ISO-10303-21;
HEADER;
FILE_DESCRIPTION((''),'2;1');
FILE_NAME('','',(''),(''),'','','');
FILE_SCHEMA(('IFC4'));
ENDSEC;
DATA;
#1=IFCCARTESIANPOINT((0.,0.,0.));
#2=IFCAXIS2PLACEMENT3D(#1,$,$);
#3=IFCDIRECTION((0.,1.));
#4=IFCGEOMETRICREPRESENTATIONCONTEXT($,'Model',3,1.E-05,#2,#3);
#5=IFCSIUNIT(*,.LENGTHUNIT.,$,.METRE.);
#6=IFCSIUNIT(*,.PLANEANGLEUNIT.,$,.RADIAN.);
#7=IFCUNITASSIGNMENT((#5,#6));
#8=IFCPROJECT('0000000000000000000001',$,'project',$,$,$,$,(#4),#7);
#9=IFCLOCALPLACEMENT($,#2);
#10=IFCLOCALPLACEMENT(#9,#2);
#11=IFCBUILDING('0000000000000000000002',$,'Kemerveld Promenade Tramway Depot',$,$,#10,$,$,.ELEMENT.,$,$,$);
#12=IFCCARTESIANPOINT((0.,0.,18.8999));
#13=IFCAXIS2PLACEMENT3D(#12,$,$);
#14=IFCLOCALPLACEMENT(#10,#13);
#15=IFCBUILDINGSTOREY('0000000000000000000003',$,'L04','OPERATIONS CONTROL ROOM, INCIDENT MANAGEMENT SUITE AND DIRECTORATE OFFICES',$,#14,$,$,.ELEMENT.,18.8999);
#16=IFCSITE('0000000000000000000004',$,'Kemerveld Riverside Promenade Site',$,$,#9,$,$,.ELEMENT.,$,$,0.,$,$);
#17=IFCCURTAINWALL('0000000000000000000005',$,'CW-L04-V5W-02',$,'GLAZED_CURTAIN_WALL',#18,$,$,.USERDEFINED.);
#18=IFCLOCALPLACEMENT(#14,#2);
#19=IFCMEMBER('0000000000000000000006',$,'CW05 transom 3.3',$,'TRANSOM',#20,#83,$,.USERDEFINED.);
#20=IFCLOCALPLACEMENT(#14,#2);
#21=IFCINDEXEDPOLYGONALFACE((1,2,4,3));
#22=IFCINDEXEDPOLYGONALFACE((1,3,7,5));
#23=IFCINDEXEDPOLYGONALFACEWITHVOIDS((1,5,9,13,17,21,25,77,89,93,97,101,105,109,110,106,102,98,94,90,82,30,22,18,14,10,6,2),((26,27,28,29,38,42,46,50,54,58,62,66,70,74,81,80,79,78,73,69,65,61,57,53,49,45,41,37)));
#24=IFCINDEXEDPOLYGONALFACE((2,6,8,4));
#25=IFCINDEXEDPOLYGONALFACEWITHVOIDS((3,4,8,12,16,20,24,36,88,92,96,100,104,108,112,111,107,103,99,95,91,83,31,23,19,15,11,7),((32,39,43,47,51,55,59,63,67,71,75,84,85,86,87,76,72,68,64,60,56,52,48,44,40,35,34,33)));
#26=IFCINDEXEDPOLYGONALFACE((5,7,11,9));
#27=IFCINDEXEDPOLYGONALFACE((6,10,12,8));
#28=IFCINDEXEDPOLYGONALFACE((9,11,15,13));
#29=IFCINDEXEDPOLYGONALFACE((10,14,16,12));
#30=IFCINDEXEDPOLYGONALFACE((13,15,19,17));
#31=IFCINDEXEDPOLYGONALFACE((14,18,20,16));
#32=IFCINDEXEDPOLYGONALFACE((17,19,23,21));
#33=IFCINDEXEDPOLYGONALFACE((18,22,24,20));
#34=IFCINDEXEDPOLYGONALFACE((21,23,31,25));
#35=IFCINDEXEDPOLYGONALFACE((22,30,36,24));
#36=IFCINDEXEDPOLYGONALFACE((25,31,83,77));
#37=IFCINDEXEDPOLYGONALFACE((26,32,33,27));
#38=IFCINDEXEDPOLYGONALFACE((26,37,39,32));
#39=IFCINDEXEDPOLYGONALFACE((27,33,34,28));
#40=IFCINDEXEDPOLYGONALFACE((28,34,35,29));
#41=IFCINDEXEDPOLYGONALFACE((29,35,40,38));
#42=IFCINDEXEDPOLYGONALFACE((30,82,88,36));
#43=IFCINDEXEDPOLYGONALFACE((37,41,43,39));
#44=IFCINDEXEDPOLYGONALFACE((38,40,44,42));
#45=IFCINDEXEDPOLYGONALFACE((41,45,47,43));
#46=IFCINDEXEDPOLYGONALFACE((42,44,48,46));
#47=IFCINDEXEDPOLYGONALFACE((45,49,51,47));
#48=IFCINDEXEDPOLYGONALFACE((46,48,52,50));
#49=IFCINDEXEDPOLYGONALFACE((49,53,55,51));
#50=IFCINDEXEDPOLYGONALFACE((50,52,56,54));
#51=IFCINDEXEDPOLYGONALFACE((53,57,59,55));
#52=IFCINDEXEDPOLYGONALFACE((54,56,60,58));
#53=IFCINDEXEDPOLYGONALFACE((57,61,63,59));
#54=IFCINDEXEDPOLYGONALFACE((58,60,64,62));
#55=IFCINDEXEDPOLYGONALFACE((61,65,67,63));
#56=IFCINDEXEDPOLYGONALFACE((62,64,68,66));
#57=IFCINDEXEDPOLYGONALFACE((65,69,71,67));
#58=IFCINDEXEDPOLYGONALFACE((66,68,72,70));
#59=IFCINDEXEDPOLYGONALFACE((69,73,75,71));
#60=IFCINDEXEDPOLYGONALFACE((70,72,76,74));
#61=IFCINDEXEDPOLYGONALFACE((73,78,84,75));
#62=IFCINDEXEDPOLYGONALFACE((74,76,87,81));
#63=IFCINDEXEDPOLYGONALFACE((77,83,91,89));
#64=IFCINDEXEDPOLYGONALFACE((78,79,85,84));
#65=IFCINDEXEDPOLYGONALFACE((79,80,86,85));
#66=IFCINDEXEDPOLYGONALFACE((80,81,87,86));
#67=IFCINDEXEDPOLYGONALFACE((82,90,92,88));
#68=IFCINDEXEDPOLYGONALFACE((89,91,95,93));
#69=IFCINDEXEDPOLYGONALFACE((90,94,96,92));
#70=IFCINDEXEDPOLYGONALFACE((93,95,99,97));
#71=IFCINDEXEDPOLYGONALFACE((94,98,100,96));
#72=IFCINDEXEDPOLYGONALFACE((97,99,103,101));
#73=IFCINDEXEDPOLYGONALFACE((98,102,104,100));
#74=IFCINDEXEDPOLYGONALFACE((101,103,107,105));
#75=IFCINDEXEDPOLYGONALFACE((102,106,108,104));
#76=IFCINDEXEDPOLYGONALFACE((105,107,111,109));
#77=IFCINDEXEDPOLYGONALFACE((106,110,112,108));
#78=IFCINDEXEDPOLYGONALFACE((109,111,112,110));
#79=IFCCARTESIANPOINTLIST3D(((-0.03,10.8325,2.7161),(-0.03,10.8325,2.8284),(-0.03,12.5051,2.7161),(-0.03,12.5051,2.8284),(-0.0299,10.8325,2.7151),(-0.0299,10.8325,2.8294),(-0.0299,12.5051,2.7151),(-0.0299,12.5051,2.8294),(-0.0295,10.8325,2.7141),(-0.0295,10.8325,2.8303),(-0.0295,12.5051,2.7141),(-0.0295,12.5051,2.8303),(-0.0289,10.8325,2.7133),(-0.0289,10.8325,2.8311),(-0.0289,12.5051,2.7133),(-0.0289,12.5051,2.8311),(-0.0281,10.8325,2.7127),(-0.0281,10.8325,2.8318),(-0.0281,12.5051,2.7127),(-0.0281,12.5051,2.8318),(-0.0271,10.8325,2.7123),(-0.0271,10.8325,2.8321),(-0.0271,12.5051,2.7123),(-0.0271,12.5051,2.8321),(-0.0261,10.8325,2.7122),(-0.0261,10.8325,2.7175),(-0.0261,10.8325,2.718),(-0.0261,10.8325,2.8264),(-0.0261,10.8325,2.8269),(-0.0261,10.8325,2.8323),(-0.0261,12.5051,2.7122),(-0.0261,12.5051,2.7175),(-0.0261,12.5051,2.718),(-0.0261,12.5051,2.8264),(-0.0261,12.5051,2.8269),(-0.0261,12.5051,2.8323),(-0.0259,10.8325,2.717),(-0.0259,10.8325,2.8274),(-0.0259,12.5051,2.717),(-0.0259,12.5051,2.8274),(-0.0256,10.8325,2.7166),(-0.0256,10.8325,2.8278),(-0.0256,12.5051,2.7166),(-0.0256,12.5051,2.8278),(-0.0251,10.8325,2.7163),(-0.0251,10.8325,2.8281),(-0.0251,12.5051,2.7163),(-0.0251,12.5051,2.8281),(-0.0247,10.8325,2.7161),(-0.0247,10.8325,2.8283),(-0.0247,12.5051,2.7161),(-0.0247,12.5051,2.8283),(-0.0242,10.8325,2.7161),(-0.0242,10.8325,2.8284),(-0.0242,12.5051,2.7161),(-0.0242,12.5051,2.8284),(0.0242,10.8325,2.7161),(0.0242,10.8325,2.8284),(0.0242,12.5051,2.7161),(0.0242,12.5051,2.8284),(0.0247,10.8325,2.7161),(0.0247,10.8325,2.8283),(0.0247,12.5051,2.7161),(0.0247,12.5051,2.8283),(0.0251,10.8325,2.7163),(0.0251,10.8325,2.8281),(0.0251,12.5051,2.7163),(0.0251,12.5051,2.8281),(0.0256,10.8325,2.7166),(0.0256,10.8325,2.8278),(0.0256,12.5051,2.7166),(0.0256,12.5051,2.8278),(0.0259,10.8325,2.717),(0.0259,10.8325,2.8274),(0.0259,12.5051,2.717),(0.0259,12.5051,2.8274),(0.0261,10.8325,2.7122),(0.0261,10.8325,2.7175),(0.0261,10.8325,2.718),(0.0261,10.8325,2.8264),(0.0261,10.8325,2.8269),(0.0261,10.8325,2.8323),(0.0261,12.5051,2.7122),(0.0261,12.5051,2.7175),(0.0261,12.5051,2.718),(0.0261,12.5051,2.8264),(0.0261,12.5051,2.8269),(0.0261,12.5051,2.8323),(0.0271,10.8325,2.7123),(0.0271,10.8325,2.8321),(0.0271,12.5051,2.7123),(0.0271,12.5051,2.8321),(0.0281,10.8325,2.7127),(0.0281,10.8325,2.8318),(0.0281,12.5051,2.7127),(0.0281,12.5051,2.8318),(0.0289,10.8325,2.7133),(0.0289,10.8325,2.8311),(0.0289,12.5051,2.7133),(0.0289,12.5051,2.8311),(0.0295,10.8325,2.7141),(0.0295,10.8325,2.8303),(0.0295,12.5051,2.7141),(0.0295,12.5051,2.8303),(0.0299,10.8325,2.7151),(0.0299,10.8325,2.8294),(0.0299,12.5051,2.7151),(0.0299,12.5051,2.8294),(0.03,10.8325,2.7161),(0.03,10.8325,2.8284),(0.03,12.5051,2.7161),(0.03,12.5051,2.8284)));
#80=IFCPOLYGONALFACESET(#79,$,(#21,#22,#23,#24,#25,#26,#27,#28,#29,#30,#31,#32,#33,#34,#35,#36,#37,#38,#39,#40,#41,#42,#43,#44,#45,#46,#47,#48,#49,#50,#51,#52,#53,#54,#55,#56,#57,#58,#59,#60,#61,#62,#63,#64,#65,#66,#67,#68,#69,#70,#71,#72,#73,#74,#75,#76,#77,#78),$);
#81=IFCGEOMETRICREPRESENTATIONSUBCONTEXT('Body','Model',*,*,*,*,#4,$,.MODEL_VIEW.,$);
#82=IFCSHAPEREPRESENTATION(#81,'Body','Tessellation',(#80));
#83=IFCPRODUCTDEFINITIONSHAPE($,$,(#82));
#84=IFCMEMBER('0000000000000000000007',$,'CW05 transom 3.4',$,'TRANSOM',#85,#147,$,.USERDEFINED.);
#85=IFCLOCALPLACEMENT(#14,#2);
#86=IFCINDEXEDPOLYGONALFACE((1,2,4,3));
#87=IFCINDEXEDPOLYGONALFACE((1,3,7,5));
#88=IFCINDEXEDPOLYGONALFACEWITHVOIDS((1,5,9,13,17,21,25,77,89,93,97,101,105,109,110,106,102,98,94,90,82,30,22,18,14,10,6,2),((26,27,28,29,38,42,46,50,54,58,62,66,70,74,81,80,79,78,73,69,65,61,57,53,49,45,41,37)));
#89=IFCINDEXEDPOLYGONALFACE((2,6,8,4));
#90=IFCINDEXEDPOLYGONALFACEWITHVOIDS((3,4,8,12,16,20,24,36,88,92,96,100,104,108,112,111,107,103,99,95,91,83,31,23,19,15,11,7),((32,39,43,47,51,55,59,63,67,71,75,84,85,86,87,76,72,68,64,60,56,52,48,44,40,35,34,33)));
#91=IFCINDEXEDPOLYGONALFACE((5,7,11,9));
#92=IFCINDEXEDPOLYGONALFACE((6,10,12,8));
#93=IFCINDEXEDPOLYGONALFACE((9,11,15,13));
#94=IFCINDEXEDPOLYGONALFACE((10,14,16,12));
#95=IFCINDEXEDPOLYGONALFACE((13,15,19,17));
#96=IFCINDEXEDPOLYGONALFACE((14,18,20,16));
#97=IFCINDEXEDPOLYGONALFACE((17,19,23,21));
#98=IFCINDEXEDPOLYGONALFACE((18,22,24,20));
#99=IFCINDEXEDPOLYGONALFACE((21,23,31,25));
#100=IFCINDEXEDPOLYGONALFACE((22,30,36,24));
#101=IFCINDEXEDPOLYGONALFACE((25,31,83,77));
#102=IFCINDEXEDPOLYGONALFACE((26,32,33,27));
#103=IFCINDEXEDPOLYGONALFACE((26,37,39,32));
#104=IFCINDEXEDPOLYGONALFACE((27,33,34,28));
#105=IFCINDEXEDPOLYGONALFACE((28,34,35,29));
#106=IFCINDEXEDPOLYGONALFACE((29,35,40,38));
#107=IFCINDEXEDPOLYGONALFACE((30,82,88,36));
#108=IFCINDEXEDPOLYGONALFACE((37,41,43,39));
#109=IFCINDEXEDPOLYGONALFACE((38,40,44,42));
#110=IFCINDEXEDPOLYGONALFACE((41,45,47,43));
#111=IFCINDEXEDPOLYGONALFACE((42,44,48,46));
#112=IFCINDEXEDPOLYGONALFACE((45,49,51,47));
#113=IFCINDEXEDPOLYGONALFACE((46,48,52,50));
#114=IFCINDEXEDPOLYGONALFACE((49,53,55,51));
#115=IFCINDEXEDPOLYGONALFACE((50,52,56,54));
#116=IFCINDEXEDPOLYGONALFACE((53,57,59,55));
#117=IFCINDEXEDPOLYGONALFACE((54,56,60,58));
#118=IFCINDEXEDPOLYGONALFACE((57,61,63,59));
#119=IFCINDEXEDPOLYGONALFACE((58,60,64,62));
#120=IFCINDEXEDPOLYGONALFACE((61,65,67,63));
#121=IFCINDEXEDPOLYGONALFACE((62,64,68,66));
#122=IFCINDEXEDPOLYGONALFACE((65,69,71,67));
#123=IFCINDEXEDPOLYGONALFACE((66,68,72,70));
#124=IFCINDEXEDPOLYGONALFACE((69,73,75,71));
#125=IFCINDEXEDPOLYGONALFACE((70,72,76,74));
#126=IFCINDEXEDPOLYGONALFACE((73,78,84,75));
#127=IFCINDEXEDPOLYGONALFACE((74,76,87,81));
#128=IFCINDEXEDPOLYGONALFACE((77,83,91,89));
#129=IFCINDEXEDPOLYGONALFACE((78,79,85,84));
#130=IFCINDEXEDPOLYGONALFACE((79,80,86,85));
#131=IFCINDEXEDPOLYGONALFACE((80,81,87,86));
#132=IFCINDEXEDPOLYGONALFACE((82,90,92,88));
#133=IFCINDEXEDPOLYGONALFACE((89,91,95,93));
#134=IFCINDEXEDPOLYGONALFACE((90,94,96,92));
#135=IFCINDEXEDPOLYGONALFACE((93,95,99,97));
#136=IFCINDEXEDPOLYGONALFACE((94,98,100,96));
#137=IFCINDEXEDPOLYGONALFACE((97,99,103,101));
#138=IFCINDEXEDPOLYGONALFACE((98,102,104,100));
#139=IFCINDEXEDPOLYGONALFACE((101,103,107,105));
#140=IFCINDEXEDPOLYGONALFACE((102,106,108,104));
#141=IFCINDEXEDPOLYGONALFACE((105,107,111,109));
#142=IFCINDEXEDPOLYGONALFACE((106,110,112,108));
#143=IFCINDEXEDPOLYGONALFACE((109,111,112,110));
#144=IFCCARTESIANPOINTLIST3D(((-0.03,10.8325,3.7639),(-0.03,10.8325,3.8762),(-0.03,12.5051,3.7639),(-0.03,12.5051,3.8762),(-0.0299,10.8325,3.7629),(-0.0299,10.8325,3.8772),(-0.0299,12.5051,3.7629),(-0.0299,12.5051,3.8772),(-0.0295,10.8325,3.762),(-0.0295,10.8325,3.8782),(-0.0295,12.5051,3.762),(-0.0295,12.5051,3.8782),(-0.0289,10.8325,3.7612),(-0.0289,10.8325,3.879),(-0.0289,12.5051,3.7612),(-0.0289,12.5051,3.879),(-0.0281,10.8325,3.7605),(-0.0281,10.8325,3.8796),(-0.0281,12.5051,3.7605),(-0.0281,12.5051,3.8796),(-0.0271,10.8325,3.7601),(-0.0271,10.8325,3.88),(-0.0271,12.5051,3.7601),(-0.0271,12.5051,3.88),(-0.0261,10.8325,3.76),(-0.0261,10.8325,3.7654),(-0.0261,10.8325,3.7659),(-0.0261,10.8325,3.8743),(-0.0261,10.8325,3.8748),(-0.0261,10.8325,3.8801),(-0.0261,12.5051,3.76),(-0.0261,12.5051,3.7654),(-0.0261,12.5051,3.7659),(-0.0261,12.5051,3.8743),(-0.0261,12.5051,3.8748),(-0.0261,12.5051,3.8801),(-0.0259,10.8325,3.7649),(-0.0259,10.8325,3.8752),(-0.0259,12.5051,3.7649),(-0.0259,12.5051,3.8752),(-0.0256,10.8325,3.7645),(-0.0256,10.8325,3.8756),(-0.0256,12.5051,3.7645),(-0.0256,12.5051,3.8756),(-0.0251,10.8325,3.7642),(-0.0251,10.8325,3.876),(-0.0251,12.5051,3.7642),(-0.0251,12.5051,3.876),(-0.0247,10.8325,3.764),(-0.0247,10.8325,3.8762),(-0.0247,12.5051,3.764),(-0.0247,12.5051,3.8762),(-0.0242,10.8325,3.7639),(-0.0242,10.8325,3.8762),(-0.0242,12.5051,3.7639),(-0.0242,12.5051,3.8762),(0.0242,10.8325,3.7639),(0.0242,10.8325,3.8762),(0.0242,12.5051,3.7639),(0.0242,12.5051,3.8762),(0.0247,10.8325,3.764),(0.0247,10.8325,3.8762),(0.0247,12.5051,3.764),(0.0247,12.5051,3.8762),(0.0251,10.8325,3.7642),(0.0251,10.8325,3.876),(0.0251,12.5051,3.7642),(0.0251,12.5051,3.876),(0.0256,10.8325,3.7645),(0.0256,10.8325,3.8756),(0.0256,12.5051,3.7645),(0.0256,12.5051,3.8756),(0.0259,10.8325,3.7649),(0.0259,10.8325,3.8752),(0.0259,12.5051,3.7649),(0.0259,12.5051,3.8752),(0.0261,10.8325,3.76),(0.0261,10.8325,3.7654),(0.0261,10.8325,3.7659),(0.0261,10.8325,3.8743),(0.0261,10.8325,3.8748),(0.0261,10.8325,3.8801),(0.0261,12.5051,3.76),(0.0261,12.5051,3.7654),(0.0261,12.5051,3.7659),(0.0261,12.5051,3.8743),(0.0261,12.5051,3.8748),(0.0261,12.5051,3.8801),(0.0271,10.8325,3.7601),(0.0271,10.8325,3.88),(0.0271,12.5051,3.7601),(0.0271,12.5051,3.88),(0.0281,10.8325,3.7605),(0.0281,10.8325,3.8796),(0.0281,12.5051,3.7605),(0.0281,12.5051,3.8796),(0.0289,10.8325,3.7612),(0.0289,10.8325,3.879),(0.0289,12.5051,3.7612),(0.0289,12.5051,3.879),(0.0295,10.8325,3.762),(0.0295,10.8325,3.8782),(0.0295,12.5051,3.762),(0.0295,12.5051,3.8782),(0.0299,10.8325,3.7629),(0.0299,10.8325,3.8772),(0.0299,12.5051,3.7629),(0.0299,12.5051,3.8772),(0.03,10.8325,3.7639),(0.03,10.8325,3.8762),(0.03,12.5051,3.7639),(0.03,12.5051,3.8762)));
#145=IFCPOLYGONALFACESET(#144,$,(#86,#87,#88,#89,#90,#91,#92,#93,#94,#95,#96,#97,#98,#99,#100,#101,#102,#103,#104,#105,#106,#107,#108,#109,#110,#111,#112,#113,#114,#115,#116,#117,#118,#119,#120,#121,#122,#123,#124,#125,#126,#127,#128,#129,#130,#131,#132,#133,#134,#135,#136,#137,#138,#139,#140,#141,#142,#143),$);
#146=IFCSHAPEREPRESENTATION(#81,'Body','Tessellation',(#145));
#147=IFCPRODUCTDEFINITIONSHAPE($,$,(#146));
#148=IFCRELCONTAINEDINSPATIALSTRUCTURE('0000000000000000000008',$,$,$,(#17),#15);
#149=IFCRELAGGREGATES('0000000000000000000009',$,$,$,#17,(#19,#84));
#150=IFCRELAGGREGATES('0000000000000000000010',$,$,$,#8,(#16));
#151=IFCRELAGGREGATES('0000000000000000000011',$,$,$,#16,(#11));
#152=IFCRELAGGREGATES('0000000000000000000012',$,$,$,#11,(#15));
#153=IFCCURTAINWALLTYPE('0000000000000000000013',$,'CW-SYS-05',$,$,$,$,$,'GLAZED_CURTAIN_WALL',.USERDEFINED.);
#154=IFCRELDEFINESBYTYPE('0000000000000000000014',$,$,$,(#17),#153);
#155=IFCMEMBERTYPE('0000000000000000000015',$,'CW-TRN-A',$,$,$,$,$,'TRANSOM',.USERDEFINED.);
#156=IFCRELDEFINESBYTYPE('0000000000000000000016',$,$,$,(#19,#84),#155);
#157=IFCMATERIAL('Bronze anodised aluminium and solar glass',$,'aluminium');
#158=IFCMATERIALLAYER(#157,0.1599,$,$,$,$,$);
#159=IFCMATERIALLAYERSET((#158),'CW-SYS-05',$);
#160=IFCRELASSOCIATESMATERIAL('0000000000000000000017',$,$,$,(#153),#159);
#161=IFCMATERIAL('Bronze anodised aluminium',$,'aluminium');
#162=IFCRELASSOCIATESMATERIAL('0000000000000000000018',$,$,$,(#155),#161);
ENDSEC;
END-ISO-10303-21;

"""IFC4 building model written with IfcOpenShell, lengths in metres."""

from ifc_helpers import new_model, si_unit, direction, frame, origin, origin_2d, place, context, subcontext, project, spatial, hollow_rectangle, extrude, material, layer, layer_set, material_profile, profile_set, type_object, element, aggregate, save


model = new_model("IFC4")

# Units and contexts
model_context = context("Model", 3, precision=1e-05, world=origin(), true_north=direction((0.0, 1.0)))
body_context = subcontext(model_context, "Body", "Model", "MODEL_VIEW")
ifc_project = project(units=[si_unit("LENGTHUNIT", "METRE"), si_unit("PLANEANGLEUNIT", "RADIAN")], contexts=[model_context])

# Site, building, storey
site_placement = place(None, origin())
site = spatial("IfcSite", under=ifc_project, at=site_placement, Name="Kemerveld Riverside Promenade Site", CompositionType="ELEMENT", RefElevation=0.0)
building_placement = place(site_placement, origin())
building = spatial("IfcBuilding", under=site, at=building_placement, Name="Kemerveld Promenade Tramway Depot", CompositionType="ELEMENT")
storey_placement = place(building_placement, frame((0.0, 0.0, 18.8999)))
storey = spatial("IfcBuildingStorey", under=building, at=storey_placement, Name="L04", Description="OPERATIONS CONTROL ROOM, INCIDENT MANAGEMENT SUITE AND DIRECTORATE OFFICES", CompositionType="ELEMENT", Elevation=18.8999)

# Curtain wall, members
ifc_material_1 = material(Name="Bronze anodised aluminium and solar glass", Category="aluminium")
ifc_layer_1 = layer(ifc_material_1, 0.1599)
ifc_layer_set_1 = layer_set([ifc_layer_1], Name="CW-SYS-05")
curtain_wall_type = type_object("IfcCurtainWallType", Name="CW-SYS-05", ElementType="GLAZED_CURTAIN_WALL", PredefinedType="USERDEFINED", material=ifc_layer_set_1)
curtain_wall_placement = place(storey_placement, origin())
curtain_wall = element("IfcCurtainWall", 1, at=curtain_wall_placement, inside=storey, type_object=curtain_wall_type, Name="CW-L04-V5W-02", ObjectType="GLAZED_CURTAIN_WALL", PredefinedType="USERDEFINED")
ifc_material_2 = material(Name="Bronze anodised aluminium", Category="aluminium")
ifc_material_profile_1 = material_profile(ifc_material_2, hollow_rectangle(XDim=0.0601, YDim=0.1201, WallThickness=0.0039, InnerFilletRadius=0.002, OuterFilletRadius=0.0039, at=origin_2d()), Name="CW-TRN-120x60")
ifc_profile_set_1 = profile_set([ifc_material_profile_1], Name="Bronze anodised aluminium")
member_type_1 = type_object("IfcMemberType", Name="CW-TRN-A", ElementType="TRANSOM", PredefinedType="USERDEFINED", material=ifc_profile_set_1)
member_1_placement = place(storey_placement, frame((0.0, 10.8325, 2.7722), z_axis=(0.0, 1.0, 0.0), x_axis=(-1.0, 0.0, 0.0)))
member_1 = element("IfcMember", 2, at=member_1_placement, type_object=member_type_1, Name="CW05 transom 3.3", ObjectType="TRANSOM", PredefinedType="USERDEFINED", context=body_context, shape_type="SweptSolid", body=[
    extrude(hollow_rectangle(XDim=0.0601, YDim=0.1201, WallThickness=0.0039, InnerFilletRadius=0.002, OuterFilletRadius=0.0039, at=origin_2d()), origin(), (0.0, 0.0, 1.0), 1.6726),
])
member_2_placement = place(storey_placement, frame((0.0, 10.8325, 3.8201), z_axis=(0.0, 1.0, 0.0), x_axis=(-1.0, 0.0, 0.0)))
member_2 = element("IfcMember", 3, at=member_2_placement, type_object=member_type_1, Name="CW05 transom 3.4", ObjectType="TRANSOM", PredefinedType="USERDEFINED", context=body_context, shape_type="SweptSolid", body=[
    extrude(hollow_rectangle(XDim=0.0601, YDim=0.1201, WallThickness=0.0039, InnerFilletRadius=0.002, OuterFilletRadius=0.0039, at=origin_2d()), origin(), (0.0, 0.0, 1.0), 1.6726),
])
aggregate(curtain_wall, [member_1, member_2])

save(model, "model.ifc")
